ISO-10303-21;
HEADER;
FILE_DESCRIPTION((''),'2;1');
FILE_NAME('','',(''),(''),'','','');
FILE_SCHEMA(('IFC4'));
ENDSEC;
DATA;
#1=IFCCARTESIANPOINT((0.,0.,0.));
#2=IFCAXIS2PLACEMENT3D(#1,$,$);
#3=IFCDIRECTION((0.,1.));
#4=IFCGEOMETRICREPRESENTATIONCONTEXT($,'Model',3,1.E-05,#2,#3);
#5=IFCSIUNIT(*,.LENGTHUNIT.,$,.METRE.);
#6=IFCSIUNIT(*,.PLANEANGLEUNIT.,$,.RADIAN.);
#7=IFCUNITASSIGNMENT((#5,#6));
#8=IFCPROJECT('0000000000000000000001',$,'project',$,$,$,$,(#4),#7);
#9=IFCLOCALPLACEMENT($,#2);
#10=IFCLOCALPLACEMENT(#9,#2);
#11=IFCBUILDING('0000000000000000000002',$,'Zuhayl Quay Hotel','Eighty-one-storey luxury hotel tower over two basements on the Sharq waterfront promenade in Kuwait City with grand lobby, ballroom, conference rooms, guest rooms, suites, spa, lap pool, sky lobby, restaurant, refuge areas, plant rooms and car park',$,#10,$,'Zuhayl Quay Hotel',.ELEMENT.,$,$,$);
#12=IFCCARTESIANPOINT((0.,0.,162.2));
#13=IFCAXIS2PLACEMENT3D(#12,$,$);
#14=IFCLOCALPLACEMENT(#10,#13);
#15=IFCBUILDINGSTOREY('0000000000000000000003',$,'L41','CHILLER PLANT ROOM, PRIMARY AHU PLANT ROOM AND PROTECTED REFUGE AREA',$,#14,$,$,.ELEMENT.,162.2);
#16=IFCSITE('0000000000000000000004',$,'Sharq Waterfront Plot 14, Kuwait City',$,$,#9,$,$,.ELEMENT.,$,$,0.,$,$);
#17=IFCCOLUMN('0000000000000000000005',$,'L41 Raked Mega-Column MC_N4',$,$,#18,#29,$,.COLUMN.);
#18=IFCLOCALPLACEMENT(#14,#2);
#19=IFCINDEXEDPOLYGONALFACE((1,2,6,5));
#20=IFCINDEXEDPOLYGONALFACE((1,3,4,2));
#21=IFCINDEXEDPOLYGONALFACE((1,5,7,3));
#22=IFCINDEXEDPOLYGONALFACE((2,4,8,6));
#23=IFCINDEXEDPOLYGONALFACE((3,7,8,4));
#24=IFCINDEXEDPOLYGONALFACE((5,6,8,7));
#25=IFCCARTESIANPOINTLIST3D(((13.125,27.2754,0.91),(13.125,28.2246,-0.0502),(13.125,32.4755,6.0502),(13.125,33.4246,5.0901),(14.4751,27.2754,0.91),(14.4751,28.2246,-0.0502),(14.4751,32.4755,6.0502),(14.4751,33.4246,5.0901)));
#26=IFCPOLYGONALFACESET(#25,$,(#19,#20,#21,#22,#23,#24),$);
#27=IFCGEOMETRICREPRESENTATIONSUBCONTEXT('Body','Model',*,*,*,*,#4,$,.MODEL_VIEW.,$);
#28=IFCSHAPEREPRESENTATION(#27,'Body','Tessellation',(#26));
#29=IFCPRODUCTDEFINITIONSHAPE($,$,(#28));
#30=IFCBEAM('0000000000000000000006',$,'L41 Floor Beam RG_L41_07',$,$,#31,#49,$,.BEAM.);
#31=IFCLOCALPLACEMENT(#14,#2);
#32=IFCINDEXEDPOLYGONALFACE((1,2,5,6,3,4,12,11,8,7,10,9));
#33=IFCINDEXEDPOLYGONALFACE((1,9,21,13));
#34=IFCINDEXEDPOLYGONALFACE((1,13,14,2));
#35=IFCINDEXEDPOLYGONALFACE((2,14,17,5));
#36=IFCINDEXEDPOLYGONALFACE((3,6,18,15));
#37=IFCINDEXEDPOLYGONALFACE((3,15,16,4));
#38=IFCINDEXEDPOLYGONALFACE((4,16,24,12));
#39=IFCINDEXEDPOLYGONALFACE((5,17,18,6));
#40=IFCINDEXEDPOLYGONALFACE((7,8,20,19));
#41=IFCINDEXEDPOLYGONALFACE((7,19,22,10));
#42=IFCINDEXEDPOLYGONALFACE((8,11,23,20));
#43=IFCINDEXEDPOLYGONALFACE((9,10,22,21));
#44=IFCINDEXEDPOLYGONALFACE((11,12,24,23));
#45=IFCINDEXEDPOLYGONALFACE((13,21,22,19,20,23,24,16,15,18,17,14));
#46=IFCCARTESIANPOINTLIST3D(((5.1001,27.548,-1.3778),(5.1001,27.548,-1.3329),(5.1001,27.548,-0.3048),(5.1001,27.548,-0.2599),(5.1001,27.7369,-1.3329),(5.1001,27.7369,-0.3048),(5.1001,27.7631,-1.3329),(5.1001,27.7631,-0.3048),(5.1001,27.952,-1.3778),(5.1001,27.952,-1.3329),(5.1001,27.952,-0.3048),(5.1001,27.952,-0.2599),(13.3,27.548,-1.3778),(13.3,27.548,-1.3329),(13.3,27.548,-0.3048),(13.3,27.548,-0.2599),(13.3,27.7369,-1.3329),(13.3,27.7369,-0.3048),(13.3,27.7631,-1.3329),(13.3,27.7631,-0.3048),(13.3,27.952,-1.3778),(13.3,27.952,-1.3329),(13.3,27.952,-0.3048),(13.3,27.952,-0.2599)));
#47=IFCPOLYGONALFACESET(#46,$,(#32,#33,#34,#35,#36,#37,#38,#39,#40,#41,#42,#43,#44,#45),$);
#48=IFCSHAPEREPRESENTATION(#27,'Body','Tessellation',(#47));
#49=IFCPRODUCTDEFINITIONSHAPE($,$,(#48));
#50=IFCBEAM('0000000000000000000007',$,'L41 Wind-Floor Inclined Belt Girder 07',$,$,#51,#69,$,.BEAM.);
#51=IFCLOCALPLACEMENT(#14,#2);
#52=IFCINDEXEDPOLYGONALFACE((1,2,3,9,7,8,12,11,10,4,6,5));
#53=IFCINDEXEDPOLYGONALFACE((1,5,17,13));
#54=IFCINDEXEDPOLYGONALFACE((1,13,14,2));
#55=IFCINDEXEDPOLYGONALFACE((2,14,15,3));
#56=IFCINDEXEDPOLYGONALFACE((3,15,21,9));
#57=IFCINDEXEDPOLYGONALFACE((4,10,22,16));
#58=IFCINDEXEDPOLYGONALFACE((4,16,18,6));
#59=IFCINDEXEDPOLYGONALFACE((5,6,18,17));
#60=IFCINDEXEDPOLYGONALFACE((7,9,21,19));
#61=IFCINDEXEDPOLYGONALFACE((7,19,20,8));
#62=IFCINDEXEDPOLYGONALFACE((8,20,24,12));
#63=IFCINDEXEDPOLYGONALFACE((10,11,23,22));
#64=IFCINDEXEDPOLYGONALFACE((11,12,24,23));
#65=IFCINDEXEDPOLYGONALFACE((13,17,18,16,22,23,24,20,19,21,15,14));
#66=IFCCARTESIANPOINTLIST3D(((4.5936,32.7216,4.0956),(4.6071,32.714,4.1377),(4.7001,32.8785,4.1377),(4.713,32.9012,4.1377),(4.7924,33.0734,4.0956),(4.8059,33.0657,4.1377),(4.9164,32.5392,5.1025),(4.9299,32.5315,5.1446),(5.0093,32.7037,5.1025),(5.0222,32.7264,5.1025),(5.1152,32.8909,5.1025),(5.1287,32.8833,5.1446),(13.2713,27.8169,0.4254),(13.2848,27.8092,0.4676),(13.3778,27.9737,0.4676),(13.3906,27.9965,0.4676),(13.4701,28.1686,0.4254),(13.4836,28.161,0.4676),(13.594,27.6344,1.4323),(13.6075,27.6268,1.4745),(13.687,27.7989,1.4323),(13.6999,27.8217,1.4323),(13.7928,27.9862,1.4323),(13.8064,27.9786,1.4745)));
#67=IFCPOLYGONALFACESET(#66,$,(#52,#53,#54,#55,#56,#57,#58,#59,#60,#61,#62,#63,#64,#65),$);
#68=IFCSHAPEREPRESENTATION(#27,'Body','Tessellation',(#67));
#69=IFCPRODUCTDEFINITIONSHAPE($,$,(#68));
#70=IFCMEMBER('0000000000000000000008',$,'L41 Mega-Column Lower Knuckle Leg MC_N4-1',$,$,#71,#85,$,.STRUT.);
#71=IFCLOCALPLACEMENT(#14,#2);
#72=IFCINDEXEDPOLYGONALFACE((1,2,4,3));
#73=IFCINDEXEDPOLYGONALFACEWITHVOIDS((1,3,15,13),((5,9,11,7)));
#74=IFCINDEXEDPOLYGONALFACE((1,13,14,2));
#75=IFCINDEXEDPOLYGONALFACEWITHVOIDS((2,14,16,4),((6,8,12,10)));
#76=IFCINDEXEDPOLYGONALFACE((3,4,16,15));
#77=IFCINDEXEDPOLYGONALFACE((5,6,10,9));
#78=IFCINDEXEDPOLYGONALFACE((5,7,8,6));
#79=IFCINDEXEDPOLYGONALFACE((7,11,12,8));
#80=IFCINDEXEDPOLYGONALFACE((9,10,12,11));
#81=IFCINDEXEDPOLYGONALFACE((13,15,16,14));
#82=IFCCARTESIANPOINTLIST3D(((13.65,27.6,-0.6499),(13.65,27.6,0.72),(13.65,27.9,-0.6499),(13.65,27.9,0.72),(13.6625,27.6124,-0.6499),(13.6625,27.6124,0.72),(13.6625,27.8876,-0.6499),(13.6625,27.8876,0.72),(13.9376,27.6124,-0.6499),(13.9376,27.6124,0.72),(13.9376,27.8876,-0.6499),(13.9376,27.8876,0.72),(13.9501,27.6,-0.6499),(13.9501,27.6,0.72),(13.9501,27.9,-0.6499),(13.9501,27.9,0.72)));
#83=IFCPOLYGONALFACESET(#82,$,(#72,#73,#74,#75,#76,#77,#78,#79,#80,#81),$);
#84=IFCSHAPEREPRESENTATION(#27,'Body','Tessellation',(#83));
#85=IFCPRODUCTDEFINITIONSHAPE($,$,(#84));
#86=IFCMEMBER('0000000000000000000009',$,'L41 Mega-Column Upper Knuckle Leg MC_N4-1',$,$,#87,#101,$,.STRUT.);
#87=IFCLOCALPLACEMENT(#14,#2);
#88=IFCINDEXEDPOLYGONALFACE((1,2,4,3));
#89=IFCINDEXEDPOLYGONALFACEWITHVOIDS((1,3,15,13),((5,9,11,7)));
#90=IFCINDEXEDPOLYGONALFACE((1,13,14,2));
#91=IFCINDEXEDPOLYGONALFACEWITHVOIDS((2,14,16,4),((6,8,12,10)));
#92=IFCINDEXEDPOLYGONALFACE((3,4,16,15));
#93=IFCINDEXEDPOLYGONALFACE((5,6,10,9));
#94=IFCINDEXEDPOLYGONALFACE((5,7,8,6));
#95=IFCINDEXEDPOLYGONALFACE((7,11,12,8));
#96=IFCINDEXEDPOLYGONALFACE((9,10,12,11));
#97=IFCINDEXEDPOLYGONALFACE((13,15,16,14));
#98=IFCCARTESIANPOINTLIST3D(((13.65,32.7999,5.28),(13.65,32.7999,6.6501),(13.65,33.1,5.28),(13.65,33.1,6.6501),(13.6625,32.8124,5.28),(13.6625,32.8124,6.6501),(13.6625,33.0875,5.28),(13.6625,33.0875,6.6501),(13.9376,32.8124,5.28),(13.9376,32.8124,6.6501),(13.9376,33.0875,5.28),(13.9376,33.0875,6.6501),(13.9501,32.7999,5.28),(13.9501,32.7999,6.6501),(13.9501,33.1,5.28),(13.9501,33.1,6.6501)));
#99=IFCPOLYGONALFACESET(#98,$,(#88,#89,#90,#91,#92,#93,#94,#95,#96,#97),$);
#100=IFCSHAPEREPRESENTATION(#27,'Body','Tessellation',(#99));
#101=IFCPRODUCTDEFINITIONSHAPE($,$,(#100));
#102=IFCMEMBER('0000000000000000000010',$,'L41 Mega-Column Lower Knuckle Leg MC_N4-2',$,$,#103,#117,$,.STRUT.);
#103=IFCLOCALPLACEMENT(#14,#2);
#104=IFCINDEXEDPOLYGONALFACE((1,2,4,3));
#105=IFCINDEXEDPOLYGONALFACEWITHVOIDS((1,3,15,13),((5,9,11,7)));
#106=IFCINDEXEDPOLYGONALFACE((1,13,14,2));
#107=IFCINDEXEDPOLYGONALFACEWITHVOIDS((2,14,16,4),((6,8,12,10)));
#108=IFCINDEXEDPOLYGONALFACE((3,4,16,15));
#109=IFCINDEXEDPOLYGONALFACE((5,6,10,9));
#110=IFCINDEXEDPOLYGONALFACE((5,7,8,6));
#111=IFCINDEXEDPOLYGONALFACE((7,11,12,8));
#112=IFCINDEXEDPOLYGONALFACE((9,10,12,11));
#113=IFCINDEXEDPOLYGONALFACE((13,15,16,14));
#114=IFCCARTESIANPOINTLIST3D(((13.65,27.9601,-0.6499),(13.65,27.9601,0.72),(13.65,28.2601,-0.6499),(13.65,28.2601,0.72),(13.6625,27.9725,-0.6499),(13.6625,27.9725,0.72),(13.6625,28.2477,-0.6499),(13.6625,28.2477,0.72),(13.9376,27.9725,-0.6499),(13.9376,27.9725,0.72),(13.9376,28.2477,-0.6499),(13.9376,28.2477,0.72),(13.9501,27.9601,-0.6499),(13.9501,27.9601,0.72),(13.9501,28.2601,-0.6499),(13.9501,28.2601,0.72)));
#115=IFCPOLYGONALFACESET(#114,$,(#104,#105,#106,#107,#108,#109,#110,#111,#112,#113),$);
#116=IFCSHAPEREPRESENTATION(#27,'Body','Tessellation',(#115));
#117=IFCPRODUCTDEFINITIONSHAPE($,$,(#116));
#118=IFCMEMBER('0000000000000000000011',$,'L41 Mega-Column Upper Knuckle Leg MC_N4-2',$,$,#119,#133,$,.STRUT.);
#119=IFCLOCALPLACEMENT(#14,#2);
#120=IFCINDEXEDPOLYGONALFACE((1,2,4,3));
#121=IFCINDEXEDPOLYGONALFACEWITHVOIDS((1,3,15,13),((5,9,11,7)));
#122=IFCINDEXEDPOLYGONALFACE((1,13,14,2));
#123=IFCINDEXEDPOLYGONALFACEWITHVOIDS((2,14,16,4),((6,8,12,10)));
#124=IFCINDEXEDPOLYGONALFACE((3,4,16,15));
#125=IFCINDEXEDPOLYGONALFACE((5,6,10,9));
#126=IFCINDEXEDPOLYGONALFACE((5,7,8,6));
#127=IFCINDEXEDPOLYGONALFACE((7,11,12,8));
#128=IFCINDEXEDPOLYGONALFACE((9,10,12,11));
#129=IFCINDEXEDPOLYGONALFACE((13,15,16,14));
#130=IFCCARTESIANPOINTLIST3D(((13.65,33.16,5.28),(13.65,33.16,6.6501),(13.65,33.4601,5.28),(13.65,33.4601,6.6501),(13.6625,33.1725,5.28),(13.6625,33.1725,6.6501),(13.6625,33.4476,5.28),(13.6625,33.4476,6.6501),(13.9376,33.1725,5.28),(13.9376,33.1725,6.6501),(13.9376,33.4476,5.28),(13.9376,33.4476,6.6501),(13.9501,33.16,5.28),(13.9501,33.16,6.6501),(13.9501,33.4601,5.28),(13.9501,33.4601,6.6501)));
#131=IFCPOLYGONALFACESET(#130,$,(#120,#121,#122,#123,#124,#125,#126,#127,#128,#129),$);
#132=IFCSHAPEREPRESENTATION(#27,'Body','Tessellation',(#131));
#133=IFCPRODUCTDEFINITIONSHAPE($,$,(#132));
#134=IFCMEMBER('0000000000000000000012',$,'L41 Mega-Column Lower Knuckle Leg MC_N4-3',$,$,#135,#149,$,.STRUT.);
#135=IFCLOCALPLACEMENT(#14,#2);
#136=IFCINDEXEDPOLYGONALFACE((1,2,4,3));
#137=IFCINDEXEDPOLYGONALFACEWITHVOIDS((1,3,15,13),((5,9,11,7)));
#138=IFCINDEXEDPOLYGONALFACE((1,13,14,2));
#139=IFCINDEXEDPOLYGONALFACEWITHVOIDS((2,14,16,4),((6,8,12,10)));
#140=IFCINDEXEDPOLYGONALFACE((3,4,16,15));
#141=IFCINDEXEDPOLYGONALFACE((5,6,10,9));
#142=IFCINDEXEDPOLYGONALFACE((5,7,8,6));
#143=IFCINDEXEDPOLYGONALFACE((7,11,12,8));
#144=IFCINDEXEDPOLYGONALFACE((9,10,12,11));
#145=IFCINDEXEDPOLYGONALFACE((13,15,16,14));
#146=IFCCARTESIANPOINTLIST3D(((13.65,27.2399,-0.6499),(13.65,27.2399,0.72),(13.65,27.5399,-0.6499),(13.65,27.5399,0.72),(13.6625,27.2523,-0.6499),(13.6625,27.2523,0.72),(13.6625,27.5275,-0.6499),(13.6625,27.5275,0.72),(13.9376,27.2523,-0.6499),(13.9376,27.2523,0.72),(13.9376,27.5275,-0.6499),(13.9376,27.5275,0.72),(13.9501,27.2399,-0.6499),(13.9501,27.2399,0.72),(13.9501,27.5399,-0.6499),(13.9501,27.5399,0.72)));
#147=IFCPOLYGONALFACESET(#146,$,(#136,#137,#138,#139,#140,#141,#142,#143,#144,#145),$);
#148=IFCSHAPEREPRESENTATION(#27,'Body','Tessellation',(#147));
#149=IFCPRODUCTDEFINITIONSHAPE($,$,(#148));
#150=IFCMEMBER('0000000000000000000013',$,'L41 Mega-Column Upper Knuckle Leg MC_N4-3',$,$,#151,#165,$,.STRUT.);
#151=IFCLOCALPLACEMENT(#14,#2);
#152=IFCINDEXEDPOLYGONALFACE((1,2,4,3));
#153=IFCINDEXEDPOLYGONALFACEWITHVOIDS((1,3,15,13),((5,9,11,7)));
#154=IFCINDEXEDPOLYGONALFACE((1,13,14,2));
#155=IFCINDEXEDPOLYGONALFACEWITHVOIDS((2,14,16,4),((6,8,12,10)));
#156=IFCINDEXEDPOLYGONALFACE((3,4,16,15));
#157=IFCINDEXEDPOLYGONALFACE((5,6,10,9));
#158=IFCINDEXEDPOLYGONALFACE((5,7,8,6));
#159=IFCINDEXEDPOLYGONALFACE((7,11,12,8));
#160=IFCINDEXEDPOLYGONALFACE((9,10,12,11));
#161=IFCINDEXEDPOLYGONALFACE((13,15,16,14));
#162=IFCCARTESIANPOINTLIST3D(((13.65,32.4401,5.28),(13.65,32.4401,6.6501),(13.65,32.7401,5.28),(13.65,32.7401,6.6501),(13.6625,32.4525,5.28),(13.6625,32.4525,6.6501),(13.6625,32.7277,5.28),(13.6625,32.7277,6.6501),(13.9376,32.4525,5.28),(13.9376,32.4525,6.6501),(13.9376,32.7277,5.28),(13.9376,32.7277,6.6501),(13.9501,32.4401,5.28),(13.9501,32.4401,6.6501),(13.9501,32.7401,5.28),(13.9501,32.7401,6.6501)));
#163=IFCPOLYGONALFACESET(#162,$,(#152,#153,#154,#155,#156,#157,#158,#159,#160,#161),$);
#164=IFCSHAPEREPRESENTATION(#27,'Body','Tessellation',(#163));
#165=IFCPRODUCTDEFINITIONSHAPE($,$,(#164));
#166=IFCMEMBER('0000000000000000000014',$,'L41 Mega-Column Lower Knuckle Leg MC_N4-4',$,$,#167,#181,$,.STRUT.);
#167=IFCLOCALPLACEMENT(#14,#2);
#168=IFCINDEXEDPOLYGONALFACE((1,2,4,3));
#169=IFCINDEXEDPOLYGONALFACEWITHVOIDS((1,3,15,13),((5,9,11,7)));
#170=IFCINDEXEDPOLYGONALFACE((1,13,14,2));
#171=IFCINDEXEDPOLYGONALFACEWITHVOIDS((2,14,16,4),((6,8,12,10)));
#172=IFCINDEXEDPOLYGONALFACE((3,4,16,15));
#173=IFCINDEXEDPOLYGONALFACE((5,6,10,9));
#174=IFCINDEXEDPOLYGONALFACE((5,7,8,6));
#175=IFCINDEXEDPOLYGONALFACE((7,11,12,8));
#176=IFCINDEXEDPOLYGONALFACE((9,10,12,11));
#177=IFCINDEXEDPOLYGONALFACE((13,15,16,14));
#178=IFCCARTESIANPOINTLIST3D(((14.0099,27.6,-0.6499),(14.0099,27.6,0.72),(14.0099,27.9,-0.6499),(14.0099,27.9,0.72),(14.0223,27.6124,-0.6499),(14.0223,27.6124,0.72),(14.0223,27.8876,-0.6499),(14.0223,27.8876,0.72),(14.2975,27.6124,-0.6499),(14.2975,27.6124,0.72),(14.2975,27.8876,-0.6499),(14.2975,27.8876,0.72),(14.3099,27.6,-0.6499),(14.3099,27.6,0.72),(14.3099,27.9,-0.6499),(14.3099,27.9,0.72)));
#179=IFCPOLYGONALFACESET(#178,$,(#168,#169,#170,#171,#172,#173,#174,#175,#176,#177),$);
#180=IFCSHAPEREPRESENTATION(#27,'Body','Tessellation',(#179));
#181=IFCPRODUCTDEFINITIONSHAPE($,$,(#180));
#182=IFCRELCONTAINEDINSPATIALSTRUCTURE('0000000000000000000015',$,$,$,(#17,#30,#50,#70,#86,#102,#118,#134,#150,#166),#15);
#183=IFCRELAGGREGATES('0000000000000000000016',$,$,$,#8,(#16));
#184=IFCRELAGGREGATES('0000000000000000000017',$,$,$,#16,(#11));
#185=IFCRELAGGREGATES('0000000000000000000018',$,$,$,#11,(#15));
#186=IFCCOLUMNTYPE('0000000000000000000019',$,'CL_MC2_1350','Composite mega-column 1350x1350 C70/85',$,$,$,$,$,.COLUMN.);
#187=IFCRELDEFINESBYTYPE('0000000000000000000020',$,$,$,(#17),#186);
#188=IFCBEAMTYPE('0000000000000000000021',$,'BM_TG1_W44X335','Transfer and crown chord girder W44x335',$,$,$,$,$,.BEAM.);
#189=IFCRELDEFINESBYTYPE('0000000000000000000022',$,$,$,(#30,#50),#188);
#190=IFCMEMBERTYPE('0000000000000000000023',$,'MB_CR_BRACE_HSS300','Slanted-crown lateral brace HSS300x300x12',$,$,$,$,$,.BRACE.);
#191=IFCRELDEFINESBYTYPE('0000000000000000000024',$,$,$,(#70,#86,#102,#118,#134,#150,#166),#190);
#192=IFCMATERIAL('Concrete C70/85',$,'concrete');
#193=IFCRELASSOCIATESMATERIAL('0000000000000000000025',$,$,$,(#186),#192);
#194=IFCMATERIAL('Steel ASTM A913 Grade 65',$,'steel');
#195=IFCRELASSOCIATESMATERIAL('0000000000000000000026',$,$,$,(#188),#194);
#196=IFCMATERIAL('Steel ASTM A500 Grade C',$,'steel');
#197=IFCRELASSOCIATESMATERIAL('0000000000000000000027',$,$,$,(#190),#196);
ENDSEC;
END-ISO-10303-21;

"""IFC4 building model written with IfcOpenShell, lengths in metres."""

from ifc_helpers import new_model, si_unit, direction, frame, origin, origin_2d, place, context, subcontext, project, spatial, rectangle, hollow_rectangle, i_section, extrude, material, material_profile, profile_set, type_object, element, save


model = new_model("IFC4")

# Units and contexts
model_context = context("Model", 3, precision=1e-05, world=origin(), true_north=direction((0.0, 1.0)))
body_context = subcontext(model_context, "Body", "Model", "MODEL_VIEW")
ifc_project = project(units=[si_unit("LENGTHUNIT", "METRE"), si_unit("PLANEANGLEUNIT", "RADIAN")], contexts=[model_context])

# Site, building, storey
site_placement = place(None, origin())
site = spatial("IfcSite", under=ifc_project, at=site_placement, Name="Sharq Waterfront Plot 14, Kuwait City", CompositionType="ELEMENT", RefElevation=0.0)
building_placement = place(site_placement, origin())
building = spatial("IfcBuilding", under=site, at=building_placement, Name="Zuhayl Quay Hotel", Description="Eighty-one-storey luxury hotel tower over two basements on the Sharq waterfront promenade in Kuwait City with grand lobby, ballroom, conference rooms, guest rooms, suites, spa, lap pool, sky lobby, restaurant, refuge areas, plant rooms and car park", LongName="Zuhayl Quay Hotel", CompositionType="ELEMENT")
storey_placement = place(building_placement, frame((0.0, 0.0, 162.2)))
storey = spatial("IfcBuildingStorey", under=building, at=storey_placement, Name="L41", Description="CHILLER PLANT ROOM, PRIMARY AHU PLANT ROOM AND PROTECTED REFUGE AREA", CompositionType="ELEMENT", Elevation=162.2)

# Column
ifc_material_1 = material(Name="Concrete C70/85", Category="concrete")
ifc_material_profile_1 = material_profile(ifc_material_1, rectangle(XDim=1.3501, YDim=1.3501, at=origin_2d()), Name="RC1350X1350")
ifc_profile_set_1 = profile_set([ifc_material_profile_1], Name="Concrete C70/85")
column_type = type_object("IfcColumnType", Name="CL_MC2_1350", Description="Composite mega-column 1350x1350 C70/85", PredefinedType="COLUMN", material=ifc_profile_set_1)
column_placement = place(storey_placement, frame((13.8, 27.75, 0.4299), z_axis=(0.0, 0.711185, 0.703005), x_axis=(-1.0, 0.0, 0.0)))
element("IfcColumn", 1, at=column_placement, inside=storey, type_object=column_type, Name="L41 Raked Mega-Column MC_N4", PredefinedType="COLUMN", context=body_context, shape_type="SweptSolid", body=[
    extrude(rectangle(XDim=1.3501, YDim=1.3501, at=origin_2d()), origin(), (0.0, 0.0, 1.0), 7.3118),
])

# Beams
ifc_material_2 = material(Name="Steel ASTM A913 Grade 65", Category="steel")
ifc_material_profile_2 = material_profile(ifc_material_2, i_section(OverallWidth=0.4041, OverallDepth=1.1179, WebThickness=0.0261, FlangeThickness=0.0449, at=origin_2d()), Name="W44X335")
ifc_profile_set_2 = profile_set([ifc_material_profile_2], Name="Steel ASTM A913 Grade 65")
beam_type = type_object("IfcBeamType", Name="BM_TG1_W44X335", Description="Transfer and crown chord girder W44x335", PredefinedType="BEAM", material=ifc_profile_set_2)
beam_1_placement = place(storey_placement, frame((13.3, 27.75, -0.8188), z_axis=(-1.0, 0.0, 0.0), x_axis=(0.0, -1.0, 0.0)))
element("IfcBeam", 2, at=beam_1_placement, inside=storey, type_object=beam_type, Name="L41 Floor Beam RG_L41_07", PredefinedType="BEAM", context=body_context, shape_type="SweptSolid", body=[
    extrude(i_section(OverallWidth=0.4041, OverallDepth=1.1179, WebThickness=0.0261, FlangeThickness=0.0449, at=origin_2d()), origin(), (0.0, 0.0, 1.0), 8.2),
])
beam_2_placement = place(storey_placement, frame((13.5388, 27.8977, 0.95), z_axis=(-0.816947, 0.461751, 0.34552), x_axis=(-0.492056, -0.870564, 0.0)))
element("IfcBeam", 3, at=beam_2_placement, inside=storey, type_object=beam_type, Name="L41 Wind-Floor Inclined Belt Girder 07", PredefinedType="BEAM", context=body_context, shape_type="SweptSolid", body=[
    extrude(i_section(OverallWidth=0.4041, OverallDepth=1.1179, WebThickness=0.0261, FlangeThickness=0.0449, at=origin_2d()), origin(), (0.0, 0.0, 1.0), 10.6221),
])

# Members
ifc_material_3 = material(Name="Steel ASTM A500 Grade C", Category="steel")
ifc_material_profile_3 = material_profile(ifc_material_3, hollow_rectangle(XDim=0.3, YDim=0.3, WallThickness=0.0125, at=origin_2d()), Name="HSS300X300X12")
ifc_profile_set_3 = profile_set([ifc_material_profile_3], Name="Steel ASTM A500 Grade C")
member_type = type_object("IfcMemberType", Name="MB_CR_BRACE_HSS300", Description="Slanted-crown lateral brace HSS300x300x12", PredefinedType="BRACE", material=ifc_profile_set_3)
member_1_placement = place(storey_placement, frame((13.8, 27.75, -0.6499), z_axis=(0.0, 0.0, 1.0), x_axis=(1.0, 0.0, 0.0)))
element("IfcMember", 4, at=member_1_placement, inside=storey, type_object=member_type, Name="L41 Mega-Column Lower Knuckle Leg MC_N4-1", PredefinedType="STRUT", context=body_context, shape_type="SweptSolid", body=[
    extrude(hollow_rectangle(XDim=0.3, YDim=0.3, WallThickness=0.0125, at=origin_2d()), origin(), (0.0, 0.0, 1.0), 1.3699),
])
member_2_placement = place(storey_placement, frame((13.8, 32.95, 5.28), z_axis=(0.0, 0.0, 1.0), x_axis=(1.0, 0.0, 0.0)))
element("IfcMember", 5, at=member_2_placement, inside=storey, type_object=member_type, Name="L41 Mega-Column Upper Knuckle Leg MC_N4-1", PredefinedType="STRUT", context=body_context, shape_type="SweptSolid", body=[
    extrude(hollow_rectangle(XDim=0.3, YDim=0.3, WallThickness=0.0125, at=origin_2d()), origin(), (0.0, 0.0, 1.0), 1.3701),
])
member_3_placement = place(storey_placement, frame((13.8, 28.1101, -0.6499), z_axis=(0.0, 0.0, 1.0), x_axis=(1.0, 0.0, 0.0)))
element("IfcMember", 6, at=member_3_placement, inside=storey, type_object=member_type, Name="L41 Mega-Column Lower Knuckle Leg MC_N4-2", PredefinedType="STRUT", context=body_context, shape_type="SweptSolid", body=[
    extrude(hollow_rectangle(XDim=0.3, YDim=0.3, WallThickness=0.0125, at=origin_2d()), origin(), (0.0, 0.0, 1.0), 1.3699),
])
member_4_placement = place(storey_placement, frame((13.8, 33.3101, 5.28), z_axis=(0.0, 0.0, 1.0), x_axis=(1.0, 0.0, 0.0)))
element("IfcMember", 7, at=member_4_placement, inside=storey, type_object=member_type, Name="L41 Mega-Column Upper Knuckle Leg MC_N4-2", PredefinedType="STRUT", context=body_context, shape_type="SweptSolid", body=[
    extrude(hollow_rectangle(XDim=0.3, YDim=0.3, WallThickness=0.0125, at=origin_2d()), origin(), (0.0, 0.0, 1.0), 1.3701),
])
member_5_placement = place(storey_placement, frame((13.8, 27.3899, -0.6499), z_axis=(0.0, 0.0, 1.0), x_axis=(1.0, 0.0, 0.0)))
element("IfcMember", 8, at=member_5_placement, inside=storey, type_object=member_type, Name="L41 Mega-Column Lower Knuckle Leg MC_N4-3", PredefinedType="STRUT", context=body_context, shape_type="SweptSolid", body=[
    extrude(hollow_rectangle(XDim=0.3, YDim=0.3, WallThickness=0.0125, at=origin_2d()), origin(), (0.0, 0.0, 1.0), 1.3699),
])
member_6_placement = place(storey_placement, frame((13.8, 32.5901, 5.28), z_axis=(0.0, 0.0, 1.0), x_axis=(1.0, 0.0, 0.0)))
element("IfcMember", 9, at=member_6_placement, inside=storey, type_object=member_type, Name="L41 Mega-Column Upper Knuckle Leg MC_N4-3", PredefinedType="STRUT", context=body_context, shape_type="SweptSolid", body=[
    extrude(hollow_rectangle(XDim=0.3, YDim=0.3, WallThickness=0.0125, at=origin_2d()), origin(), (0.0, 0.0, 1.0), 1.3701),
])
member_7_placement = place(storey_placement, frame((14.1599, 27.75, -0.6499), z_axis=(0.0, 0.0, 1.0), x_axis=(1.0, 0.0, 0.0)))
element("IfcMember", 10, at=member_7_placement, inside=storey, type_object=member_type, Name="L41 Mega-Column Lower Knuckle Leg MC_N4-4", PredefinedType="STRUT", context=body_context, shape_type="SweptSolid", body=[
    extrude(hollow_rectangle(XDim=0.3, YDim=0.3, WallThickness=0.0125, at=origin_2d()), origin(), (0.0, 0.0, 1.0), 1.3699),
])

save(model, "model.ifc")
